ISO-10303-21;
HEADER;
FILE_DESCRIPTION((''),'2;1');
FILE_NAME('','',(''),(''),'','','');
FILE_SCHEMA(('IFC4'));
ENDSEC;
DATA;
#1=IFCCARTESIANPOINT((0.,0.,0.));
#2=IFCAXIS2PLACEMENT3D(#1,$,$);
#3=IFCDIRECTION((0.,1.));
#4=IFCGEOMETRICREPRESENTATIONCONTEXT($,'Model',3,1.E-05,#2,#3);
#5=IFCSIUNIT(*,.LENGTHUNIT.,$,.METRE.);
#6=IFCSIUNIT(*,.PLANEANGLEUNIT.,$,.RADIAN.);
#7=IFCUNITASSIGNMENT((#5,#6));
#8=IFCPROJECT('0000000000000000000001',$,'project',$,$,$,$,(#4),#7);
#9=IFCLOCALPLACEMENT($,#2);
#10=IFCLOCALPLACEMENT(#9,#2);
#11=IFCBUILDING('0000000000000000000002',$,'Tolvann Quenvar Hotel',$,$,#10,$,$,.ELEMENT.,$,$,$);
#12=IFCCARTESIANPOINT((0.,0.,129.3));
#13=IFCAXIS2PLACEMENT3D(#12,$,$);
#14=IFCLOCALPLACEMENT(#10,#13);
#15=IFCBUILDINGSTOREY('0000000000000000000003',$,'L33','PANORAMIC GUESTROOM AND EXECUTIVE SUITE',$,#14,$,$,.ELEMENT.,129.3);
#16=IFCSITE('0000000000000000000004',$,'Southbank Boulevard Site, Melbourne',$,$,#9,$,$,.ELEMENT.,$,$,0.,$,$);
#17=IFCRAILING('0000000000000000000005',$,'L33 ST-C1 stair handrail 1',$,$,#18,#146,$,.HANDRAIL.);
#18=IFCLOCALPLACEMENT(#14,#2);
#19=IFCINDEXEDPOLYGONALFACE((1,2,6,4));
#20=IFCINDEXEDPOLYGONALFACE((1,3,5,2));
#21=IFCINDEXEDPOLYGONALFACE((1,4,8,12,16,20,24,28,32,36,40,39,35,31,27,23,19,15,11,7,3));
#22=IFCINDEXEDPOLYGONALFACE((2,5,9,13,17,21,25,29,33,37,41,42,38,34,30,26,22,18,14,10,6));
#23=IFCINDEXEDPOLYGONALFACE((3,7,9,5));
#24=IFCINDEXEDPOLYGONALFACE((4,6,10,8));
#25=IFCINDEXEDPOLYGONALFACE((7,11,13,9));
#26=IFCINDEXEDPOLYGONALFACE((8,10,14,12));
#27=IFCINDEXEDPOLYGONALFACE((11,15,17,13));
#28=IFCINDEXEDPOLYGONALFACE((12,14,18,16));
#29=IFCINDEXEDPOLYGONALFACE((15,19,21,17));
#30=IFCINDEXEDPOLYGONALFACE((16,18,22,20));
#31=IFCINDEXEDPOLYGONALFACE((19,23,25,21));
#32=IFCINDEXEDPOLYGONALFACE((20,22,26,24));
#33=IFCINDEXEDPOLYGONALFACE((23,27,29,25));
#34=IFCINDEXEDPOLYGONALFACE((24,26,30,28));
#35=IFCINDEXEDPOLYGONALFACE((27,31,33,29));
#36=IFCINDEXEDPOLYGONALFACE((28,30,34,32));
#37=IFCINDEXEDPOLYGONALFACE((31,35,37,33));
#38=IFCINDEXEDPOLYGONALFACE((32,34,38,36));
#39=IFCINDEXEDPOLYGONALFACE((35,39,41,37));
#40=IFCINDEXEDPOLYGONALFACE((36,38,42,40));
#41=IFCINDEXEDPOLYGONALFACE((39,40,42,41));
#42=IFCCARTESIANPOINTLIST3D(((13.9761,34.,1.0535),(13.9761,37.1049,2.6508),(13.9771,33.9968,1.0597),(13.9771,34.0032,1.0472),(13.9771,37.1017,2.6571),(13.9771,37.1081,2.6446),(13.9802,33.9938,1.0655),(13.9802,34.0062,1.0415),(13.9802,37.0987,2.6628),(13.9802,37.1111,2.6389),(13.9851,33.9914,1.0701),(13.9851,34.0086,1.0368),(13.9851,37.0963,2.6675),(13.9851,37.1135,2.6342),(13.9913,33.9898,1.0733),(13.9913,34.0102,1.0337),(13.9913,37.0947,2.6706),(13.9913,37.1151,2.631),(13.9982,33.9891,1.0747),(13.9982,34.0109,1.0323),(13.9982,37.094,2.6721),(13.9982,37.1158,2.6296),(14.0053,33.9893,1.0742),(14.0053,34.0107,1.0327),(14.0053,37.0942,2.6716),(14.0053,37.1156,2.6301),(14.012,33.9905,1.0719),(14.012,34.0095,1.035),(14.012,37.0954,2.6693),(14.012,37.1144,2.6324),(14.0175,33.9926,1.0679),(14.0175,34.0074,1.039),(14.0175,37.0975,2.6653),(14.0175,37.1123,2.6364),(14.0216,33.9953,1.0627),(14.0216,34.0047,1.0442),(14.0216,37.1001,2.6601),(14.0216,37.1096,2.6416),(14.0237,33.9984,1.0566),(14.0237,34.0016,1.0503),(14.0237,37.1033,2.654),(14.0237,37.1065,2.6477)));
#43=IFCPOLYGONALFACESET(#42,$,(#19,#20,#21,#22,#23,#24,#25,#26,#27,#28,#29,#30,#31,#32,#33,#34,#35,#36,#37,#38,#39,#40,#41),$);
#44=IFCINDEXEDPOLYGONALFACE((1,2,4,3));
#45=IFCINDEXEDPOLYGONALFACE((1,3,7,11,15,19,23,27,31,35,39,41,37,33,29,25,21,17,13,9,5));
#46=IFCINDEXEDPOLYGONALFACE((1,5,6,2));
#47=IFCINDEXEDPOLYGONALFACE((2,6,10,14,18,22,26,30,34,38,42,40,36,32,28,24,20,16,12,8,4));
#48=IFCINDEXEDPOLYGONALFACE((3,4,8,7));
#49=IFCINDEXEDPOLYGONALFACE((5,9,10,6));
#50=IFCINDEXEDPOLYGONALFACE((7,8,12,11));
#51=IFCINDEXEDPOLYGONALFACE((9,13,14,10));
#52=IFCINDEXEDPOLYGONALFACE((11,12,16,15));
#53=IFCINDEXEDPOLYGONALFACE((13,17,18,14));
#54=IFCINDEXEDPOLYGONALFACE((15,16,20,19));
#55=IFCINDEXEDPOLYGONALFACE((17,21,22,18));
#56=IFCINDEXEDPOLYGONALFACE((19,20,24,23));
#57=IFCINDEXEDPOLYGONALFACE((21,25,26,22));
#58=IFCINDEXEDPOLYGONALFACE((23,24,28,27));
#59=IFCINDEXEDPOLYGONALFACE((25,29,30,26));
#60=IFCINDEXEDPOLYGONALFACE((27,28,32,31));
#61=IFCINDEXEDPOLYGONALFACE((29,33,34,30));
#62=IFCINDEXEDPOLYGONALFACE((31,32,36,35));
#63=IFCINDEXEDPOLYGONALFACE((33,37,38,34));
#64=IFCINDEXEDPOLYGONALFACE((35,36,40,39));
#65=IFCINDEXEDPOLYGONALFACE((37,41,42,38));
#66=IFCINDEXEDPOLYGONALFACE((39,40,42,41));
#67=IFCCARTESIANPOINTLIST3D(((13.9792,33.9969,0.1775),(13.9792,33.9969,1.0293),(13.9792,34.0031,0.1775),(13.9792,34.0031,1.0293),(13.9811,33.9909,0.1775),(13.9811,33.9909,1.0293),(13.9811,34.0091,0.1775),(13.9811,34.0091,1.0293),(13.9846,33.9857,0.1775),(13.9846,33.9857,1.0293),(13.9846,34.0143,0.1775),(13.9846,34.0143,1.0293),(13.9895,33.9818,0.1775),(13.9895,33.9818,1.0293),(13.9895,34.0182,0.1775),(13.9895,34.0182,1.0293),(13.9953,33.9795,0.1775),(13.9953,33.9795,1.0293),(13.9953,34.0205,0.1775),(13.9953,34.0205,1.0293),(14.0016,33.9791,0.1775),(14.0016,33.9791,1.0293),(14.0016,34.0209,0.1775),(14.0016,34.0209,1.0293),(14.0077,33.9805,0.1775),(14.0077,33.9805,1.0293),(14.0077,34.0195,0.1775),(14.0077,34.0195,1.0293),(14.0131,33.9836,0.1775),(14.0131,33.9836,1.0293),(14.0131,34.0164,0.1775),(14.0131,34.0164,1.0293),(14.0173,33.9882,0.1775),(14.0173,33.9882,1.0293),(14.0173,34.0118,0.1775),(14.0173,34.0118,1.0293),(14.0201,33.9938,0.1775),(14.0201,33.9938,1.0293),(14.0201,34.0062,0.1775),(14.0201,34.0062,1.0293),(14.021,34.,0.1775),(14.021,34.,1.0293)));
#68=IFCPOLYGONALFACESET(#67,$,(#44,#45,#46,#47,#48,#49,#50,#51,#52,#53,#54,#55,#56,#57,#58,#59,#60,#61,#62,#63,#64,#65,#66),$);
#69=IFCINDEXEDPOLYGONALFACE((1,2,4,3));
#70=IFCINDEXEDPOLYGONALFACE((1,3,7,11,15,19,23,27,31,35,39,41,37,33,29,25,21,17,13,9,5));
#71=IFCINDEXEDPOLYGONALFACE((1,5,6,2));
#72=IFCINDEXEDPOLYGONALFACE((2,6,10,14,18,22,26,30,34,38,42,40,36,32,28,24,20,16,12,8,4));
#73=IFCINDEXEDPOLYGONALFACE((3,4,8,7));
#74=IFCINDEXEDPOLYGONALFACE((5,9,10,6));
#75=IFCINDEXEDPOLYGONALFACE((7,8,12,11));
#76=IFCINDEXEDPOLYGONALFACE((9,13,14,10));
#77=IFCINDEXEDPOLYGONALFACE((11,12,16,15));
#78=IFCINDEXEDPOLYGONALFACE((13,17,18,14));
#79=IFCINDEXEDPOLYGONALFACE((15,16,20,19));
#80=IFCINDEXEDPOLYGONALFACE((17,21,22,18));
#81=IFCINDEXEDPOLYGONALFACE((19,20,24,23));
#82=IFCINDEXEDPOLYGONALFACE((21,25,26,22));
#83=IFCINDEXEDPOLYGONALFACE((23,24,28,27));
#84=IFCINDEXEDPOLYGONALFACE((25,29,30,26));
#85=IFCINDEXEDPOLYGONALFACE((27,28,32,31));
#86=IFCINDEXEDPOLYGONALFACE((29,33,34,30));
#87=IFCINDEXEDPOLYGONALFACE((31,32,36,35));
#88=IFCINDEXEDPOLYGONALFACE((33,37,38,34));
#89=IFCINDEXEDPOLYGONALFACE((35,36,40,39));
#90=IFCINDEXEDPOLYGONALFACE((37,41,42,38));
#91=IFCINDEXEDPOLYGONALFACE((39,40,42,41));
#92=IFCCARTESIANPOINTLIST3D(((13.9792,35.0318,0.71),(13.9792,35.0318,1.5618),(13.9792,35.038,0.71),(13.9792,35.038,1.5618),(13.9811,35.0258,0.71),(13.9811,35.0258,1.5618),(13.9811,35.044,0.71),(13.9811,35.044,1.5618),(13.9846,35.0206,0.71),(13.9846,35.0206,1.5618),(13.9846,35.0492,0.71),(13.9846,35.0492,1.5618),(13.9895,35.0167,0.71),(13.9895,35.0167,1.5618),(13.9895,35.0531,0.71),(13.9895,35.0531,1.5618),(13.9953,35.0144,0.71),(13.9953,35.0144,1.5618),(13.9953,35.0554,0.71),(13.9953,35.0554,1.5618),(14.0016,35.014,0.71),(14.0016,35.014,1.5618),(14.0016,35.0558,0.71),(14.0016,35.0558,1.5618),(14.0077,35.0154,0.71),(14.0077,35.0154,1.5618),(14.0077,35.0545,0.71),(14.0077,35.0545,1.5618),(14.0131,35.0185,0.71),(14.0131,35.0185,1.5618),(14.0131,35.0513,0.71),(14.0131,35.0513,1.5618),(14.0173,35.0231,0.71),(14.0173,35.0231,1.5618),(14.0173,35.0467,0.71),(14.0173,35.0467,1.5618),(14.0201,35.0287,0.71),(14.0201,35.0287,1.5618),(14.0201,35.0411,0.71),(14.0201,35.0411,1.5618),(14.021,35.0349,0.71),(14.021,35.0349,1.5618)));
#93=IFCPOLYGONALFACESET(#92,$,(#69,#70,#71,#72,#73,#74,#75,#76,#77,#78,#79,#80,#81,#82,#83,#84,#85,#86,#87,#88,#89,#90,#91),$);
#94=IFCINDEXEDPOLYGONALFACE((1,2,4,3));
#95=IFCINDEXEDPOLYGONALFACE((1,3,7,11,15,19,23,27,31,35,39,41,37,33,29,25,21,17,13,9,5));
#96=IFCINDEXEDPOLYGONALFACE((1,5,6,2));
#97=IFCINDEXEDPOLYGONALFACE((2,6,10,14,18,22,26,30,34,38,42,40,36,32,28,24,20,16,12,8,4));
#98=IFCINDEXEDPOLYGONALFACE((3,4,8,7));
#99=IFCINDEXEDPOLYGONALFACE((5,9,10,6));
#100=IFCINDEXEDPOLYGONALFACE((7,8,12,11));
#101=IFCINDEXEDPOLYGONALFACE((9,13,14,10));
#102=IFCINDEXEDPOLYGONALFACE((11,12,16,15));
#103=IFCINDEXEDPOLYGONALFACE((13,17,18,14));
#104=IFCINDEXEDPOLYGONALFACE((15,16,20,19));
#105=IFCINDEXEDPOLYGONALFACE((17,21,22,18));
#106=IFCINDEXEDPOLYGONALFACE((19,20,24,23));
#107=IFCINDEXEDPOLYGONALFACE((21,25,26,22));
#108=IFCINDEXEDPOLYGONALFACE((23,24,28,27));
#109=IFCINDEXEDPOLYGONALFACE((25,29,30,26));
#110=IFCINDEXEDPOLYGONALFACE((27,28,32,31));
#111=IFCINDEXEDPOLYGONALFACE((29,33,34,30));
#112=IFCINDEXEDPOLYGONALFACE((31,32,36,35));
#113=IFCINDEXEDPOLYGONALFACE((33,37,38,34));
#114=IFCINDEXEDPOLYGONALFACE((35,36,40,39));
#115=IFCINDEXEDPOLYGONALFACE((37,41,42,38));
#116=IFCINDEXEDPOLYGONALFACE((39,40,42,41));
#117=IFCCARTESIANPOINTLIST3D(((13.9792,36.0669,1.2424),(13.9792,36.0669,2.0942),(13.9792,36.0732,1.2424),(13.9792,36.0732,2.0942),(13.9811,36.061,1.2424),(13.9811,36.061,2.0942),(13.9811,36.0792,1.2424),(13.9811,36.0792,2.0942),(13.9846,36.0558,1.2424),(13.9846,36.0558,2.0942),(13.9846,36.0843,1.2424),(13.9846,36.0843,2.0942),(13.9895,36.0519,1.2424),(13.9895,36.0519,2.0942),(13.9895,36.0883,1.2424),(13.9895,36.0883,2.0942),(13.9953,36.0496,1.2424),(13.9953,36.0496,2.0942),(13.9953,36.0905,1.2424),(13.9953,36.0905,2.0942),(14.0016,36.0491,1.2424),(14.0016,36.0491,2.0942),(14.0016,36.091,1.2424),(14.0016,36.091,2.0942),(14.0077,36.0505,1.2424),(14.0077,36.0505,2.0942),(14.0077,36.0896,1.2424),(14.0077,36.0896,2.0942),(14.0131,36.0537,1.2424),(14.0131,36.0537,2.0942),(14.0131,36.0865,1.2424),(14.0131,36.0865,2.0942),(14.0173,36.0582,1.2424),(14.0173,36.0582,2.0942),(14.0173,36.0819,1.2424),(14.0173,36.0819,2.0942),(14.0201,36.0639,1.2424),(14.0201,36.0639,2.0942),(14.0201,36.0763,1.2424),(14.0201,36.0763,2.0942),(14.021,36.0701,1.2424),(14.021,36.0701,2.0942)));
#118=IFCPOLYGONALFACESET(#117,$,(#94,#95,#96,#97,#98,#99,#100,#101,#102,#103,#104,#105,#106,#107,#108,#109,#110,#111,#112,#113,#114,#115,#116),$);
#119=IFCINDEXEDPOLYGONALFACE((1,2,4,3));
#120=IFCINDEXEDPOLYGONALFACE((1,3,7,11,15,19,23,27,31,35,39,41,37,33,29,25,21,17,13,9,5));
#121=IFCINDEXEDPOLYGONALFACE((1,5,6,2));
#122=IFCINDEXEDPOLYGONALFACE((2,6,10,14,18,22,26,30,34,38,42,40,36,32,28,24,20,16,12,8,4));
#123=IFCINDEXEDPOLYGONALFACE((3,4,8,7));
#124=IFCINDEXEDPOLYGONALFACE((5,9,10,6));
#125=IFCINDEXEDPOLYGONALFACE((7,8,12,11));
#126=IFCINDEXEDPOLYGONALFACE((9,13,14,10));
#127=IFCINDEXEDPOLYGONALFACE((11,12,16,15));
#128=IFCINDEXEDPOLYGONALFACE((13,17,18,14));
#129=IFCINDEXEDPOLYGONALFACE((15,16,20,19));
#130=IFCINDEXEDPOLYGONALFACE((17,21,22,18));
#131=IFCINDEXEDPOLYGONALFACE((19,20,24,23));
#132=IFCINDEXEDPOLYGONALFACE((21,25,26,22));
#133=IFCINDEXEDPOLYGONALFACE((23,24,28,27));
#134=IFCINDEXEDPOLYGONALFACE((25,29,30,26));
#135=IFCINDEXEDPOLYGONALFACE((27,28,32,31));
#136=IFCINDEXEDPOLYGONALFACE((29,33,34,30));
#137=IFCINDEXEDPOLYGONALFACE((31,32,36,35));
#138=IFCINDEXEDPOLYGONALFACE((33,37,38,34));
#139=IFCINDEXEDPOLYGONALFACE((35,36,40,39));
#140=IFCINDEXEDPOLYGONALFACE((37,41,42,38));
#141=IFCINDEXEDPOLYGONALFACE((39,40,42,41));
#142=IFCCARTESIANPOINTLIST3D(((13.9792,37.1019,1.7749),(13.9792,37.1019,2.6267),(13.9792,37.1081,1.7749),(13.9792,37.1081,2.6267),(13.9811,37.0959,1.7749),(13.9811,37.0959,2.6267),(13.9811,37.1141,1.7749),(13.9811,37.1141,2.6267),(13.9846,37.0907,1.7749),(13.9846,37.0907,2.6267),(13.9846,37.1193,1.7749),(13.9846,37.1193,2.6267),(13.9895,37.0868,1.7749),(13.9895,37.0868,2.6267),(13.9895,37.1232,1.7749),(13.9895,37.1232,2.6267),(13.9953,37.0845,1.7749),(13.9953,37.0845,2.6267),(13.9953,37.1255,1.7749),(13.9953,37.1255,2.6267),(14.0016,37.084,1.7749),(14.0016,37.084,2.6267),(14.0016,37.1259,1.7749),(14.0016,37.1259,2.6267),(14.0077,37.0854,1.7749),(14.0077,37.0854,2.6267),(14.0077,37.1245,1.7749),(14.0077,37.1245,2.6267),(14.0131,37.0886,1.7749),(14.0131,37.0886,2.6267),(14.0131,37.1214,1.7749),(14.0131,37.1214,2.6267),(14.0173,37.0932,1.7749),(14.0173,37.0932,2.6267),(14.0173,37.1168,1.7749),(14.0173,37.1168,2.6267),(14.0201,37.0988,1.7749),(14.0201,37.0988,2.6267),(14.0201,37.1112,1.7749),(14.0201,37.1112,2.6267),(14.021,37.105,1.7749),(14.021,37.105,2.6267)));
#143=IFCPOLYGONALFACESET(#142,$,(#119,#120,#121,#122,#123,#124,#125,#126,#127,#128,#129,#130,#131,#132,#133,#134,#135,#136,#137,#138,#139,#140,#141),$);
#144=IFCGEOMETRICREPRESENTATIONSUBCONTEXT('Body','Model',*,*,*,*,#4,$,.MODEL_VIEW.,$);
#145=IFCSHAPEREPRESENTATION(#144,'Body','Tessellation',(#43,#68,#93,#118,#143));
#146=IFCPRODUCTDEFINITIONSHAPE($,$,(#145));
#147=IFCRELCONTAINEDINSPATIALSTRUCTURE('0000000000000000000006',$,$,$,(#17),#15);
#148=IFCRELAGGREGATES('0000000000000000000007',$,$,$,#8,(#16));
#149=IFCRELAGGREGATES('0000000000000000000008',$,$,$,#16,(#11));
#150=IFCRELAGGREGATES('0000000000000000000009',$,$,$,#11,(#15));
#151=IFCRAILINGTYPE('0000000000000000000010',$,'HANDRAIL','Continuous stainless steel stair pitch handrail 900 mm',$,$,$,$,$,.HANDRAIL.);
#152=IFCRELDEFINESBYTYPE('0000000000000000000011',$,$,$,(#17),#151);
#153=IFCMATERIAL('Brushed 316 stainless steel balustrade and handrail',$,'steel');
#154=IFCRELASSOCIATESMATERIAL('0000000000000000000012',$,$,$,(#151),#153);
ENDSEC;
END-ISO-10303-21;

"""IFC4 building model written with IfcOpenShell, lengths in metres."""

from ifc_helpers import new_model, si_unit, direction, frame, origin, origin_2d, place, context, subcontext, project, spatial, circle, extrude, material, type_object, element, save


model = new_model("IFC4")

# Units and contexts
model_context = context("Model", 3, precision=1e-05, world=origin(), true_north=direction((0.0, 1.0)))
body_context = subcontext(model_context, "Body", "Model", "MODEL_VIEW")
ifc_project = project(units=[si_unit("LENGTHUNIT", "METRE"), si_unit("PLANEANGLEUNIT", "RADIAN")], contexts=[model_context])

# Site, building, storey
site_placement = place(None, origin())
site = spatial("IfcSite", under=ifc_project, at=site_placement, Name="Southbank Boulevard Site, Melbourne", CompositionType="ELEMENT", RefElevation=0.0)
building_placement = place(site_placement, origin())
building = spatial("IfcBuilding", under=site, at=building_placement, Name="Tolvann Quenvar Hotel", CompositionType="ELEMENT")
storey_placement = place(building_placement, frame((0.0, 0.0, 129.3)))
storey = spatial("IfcBuildingStorey", under=building, at=storey_placement, Name="L33", Description="PANORAMIC GUESTROOM AND EXECUTIVE SUITE", CompositionType="ELEMENT", Elevation=129.3)

# Railing
ifc_material_1 = material(Name="Brushed 316 stainless steel balustrade and handrail", Category="steel")
railing_type_1 = type_object("IfcRailingType", Name="HANDRAIL", Description="Continuous stainless steel stair pitch handrail 900 mm", PredefinedType="HANDRAIL", material=ifc_material_1)
railing_1_placement = place(storey_placement, frame((14.0, 34.0, 0.1775)))
element("IfcRailing", 1, at=railing_1_placement, inside=storey, type_object=railing_type_1, Name="L33 ST-C1 stair handrail 1", PredefinedType="HANDRAIL", context=body_context, shape_type="SweptSolid", body=[
    extrude(circle(Radius=0.0239, at=origin_2d()), frame((0.0, 0.0, 0.876), z_axis=(0.0, 0.889222, 0.457476), x_axis=(-1.0, 0.0, 0.0)), (0.0, 0.0, 1.0), 3.4917),
    extrude(circle(Radius=0.021, at=origin_2d()), origin(), (0.0, 0.0, 1.0), 0.8518),
    extrude(circle(Radius=0.021, at=origin_2d()), frame((0.0, 1.0349, 0.5325)), (0.0, 0.0, 1.0), 0.8518),
    extrude(circle(Radius=0.021, at=origin_2d()), frame((0.0, 2.0701, 1.0649)), (0.0, 0.0, 1.0), 0.8518),
    extrude(circle(Radius=0.021, at=origin_2d()), frame((0.0, 3.105, 1.5974)), (0.0, 0.0, 1.0), 0.8518),
])

save(model, "model.ifc")
